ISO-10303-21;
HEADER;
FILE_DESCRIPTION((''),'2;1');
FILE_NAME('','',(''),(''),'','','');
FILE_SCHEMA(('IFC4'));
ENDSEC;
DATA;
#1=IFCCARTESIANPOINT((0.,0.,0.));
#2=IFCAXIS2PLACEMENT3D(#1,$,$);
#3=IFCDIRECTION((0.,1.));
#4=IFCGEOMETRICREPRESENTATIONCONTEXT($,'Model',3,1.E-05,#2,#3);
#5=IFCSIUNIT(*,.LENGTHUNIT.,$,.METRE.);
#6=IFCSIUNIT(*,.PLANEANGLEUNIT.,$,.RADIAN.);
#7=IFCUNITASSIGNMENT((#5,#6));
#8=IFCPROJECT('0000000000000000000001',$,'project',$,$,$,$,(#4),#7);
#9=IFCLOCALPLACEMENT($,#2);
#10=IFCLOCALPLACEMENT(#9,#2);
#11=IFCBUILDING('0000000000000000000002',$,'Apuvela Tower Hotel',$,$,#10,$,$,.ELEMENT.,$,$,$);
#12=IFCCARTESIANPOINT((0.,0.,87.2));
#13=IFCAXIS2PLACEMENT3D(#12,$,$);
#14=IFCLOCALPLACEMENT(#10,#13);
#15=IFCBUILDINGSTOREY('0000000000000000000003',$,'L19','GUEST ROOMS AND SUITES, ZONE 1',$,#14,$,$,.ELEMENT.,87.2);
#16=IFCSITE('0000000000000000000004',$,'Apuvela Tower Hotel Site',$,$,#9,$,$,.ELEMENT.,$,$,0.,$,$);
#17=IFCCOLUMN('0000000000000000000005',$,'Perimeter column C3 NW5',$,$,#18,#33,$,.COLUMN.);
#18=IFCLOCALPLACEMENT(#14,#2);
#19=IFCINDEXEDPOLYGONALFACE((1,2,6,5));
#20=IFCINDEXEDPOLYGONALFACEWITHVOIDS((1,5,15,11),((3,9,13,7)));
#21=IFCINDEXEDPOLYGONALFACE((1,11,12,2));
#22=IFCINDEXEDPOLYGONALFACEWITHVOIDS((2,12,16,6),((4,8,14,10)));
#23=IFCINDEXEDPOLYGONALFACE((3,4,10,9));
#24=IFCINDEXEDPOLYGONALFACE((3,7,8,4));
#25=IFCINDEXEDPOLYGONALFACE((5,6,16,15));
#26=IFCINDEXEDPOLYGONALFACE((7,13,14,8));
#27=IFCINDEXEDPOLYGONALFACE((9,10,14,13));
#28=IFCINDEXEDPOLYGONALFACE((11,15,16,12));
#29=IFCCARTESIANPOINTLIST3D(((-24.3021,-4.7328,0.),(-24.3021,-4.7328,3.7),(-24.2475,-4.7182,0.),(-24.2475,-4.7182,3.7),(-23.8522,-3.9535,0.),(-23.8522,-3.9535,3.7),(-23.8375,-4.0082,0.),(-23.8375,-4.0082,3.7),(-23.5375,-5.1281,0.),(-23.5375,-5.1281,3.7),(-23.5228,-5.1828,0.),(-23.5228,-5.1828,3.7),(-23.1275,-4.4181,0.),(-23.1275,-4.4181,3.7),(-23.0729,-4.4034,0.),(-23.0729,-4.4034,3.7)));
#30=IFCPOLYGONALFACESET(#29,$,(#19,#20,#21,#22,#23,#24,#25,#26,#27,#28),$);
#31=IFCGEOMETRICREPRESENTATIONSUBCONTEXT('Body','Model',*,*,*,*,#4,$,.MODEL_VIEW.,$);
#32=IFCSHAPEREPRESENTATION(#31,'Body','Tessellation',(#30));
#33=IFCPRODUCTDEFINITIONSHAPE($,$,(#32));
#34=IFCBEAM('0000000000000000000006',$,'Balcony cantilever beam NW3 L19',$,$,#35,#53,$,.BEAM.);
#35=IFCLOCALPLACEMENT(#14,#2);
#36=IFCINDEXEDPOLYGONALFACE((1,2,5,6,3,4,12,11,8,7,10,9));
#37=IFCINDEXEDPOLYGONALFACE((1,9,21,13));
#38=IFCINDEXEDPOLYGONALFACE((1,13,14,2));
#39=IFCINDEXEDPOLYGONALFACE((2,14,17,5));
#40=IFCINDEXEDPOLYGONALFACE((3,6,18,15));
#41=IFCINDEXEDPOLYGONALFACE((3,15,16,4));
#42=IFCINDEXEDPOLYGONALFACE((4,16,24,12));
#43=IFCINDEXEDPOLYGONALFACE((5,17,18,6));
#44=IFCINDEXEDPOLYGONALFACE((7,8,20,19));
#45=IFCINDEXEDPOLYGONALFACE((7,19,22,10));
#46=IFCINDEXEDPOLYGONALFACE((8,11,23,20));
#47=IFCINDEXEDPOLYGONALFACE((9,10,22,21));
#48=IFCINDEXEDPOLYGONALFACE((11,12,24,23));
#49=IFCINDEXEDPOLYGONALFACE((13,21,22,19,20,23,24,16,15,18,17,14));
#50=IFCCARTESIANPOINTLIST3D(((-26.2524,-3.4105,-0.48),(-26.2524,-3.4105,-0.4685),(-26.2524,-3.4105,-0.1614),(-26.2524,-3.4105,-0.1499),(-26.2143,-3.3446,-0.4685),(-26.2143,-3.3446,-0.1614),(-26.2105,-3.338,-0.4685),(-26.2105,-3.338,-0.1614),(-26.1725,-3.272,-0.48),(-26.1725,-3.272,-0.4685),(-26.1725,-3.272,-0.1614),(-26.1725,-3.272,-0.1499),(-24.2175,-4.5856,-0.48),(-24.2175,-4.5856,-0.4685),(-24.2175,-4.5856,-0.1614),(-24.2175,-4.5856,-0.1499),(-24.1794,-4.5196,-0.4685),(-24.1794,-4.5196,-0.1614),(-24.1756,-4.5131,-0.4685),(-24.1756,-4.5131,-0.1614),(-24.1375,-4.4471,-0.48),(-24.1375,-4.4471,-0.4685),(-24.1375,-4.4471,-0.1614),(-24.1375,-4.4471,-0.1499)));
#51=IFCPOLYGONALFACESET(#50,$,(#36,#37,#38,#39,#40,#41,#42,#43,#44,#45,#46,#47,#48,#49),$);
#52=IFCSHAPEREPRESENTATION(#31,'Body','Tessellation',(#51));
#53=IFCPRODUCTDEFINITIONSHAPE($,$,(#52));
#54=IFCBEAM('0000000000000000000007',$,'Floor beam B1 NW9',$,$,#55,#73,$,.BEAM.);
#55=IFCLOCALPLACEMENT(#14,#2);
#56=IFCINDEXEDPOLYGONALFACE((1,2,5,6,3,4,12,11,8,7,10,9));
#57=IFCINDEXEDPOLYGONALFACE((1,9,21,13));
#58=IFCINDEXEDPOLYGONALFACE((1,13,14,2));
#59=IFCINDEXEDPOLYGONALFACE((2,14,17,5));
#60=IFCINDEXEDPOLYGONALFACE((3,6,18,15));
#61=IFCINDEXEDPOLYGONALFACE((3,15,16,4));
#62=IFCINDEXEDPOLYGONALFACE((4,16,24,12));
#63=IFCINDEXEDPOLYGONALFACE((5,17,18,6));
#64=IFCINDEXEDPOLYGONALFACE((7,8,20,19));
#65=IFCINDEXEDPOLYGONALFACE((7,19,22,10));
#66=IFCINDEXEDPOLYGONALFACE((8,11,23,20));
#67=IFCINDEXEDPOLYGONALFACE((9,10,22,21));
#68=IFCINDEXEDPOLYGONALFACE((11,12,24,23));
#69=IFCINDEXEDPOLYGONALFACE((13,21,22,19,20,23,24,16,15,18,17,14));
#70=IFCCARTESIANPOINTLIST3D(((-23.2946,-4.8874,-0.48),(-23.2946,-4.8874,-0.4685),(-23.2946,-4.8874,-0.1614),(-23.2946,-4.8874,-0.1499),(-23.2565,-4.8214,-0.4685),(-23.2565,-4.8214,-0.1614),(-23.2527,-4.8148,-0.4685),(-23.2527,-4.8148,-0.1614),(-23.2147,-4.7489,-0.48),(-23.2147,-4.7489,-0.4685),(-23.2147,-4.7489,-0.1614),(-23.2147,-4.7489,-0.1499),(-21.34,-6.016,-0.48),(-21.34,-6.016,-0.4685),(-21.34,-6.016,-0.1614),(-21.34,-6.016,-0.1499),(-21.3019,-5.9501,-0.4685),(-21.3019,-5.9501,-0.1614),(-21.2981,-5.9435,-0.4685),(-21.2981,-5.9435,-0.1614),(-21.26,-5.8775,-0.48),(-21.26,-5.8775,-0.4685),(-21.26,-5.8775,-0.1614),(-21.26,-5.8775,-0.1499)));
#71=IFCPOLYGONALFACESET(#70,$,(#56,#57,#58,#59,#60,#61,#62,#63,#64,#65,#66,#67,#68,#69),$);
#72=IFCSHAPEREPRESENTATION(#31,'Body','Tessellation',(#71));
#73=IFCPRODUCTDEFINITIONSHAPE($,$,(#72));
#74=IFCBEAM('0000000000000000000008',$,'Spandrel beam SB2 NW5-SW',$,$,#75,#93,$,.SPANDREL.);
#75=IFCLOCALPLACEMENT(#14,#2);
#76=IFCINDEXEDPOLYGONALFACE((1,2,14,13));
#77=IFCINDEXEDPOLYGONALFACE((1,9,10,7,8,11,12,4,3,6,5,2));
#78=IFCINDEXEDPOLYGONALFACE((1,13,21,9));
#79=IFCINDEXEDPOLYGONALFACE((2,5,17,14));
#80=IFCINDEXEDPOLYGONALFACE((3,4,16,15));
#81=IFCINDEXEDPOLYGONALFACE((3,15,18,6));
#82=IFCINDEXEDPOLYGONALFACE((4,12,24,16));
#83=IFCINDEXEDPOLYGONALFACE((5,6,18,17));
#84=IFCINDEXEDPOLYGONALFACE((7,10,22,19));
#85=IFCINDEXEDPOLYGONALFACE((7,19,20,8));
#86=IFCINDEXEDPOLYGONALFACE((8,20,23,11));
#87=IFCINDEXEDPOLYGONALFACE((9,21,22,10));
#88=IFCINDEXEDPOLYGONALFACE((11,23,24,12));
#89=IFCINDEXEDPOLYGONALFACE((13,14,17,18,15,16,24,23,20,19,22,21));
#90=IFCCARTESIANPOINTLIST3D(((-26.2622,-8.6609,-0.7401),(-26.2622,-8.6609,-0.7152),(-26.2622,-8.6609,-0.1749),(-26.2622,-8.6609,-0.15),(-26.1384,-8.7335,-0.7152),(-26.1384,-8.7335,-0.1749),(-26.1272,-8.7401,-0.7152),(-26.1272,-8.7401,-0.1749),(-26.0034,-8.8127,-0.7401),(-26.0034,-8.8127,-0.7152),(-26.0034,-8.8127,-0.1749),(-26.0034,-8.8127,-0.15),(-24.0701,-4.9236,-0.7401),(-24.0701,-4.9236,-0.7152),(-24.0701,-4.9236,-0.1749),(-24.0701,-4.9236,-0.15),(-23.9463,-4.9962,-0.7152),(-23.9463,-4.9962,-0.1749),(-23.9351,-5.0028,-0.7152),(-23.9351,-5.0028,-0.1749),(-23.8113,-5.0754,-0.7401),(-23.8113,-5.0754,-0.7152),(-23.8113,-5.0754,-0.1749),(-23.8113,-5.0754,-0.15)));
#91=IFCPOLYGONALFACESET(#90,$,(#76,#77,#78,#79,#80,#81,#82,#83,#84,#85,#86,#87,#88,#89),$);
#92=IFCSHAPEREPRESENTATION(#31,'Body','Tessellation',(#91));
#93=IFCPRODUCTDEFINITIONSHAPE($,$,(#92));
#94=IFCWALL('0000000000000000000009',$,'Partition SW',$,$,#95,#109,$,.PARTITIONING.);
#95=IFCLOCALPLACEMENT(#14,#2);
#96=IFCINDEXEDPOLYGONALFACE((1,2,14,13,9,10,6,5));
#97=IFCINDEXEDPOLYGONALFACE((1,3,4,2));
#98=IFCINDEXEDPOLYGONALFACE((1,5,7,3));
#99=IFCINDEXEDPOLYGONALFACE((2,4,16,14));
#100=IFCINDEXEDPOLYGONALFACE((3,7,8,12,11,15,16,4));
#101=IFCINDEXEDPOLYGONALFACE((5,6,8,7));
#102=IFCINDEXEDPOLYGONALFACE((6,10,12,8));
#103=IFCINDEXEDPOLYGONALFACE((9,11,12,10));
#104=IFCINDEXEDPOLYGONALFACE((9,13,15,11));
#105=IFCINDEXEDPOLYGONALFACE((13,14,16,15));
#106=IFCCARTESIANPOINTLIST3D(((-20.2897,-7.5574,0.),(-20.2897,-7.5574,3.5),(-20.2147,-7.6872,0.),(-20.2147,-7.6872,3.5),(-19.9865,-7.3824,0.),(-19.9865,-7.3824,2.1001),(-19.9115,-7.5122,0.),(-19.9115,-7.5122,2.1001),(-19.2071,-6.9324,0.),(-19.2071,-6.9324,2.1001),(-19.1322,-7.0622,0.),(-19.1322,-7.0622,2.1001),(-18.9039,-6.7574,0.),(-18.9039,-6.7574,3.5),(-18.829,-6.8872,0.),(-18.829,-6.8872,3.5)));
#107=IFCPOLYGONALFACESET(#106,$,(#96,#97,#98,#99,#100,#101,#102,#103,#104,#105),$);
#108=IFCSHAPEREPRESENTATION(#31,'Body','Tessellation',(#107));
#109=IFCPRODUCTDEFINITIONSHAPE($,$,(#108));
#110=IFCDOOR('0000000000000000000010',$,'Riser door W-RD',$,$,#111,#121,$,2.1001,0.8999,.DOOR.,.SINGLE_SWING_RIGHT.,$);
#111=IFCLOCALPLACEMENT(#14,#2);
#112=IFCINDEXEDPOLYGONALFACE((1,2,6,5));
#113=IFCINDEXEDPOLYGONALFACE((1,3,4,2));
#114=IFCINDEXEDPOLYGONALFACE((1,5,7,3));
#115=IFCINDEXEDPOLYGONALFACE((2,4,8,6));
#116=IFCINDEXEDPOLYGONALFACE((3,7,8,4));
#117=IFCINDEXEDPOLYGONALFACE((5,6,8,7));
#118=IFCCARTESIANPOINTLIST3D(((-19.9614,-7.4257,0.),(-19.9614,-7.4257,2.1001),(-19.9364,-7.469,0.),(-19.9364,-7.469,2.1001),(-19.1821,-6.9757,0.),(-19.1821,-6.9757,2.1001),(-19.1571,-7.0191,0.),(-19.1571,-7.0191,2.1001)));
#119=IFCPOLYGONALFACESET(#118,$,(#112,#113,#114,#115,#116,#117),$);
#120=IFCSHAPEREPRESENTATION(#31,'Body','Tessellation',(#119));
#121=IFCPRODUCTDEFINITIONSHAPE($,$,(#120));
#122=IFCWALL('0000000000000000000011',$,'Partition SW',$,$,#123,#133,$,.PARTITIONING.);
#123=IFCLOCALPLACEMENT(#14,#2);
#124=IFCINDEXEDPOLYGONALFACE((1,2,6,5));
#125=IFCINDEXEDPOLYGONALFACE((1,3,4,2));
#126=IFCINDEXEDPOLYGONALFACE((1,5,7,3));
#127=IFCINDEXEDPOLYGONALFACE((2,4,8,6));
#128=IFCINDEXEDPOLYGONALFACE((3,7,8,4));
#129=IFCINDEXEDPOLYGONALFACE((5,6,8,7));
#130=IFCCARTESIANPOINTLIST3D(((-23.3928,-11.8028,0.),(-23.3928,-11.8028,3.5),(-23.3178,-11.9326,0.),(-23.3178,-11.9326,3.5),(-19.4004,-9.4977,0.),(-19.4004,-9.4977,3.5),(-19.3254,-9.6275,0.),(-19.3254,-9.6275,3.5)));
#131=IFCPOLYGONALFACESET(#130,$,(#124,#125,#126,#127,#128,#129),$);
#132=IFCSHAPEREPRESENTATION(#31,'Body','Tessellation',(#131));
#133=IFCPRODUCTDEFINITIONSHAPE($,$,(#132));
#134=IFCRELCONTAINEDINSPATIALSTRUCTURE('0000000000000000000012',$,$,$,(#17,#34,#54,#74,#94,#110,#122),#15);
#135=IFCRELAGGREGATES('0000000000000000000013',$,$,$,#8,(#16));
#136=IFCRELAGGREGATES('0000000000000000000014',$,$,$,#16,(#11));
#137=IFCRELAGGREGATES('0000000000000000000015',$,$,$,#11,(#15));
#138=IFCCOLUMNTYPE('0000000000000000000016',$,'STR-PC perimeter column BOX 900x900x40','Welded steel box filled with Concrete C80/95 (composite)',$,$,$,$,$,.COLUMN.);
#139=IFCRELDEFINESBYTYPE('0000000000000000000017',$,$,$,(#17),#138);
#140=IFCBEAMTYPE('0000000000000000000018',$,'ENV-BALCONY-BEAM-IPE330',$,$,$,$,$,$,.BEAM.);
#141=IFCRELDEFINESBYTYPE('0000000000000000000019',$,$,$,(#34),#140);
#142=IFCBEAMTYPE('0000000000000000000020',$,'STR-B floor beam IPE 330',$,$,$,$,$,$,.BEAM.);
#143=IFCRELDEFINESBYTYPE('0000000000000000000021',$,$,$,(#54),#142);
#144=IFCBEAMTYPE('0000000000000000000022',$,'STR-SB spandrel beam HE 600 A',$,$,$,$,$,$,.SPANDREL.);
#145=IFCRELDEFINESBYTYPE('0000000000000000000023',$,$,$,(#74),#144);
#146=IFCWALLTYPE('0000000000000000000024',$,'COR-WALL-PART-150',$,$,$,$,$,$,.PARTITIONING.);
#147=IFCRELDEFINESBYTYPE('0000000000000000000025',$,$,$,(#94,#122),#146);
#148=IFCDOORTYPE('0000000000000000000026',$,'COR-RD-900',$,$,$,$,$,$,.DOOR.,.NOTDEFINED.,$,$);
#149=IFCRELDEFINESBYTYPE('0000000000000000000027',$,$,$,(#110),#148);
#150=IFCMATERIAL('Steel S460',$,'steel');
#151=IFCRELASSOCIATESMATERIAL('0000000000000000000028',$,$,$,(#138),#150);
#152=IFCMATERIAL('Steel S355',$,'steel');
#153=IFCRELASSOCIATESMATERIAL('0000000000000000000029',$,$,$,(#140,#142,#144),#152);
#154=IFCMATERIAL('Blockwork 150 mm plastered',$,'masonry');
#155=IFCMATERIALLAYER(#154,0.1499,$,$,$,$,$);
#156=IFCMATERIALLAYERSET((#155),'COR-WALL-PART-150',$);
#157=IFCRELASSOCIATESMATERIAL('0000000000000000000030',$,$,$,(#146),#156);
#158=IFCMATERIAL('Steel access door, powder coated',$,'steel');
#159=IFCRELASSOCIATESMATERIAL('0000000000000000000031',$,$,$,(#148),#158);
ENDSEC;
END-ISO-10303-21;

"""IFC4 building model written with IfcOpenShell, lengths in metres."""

from ifc_helpers import new_model, si_unit, direction, frame, frame_2d, origin, origin_2d, place, context, subcontext, project, spatial, rectangle, hollow_rectangle, i_section, extrude, material, layer, layer_set, material_profile, profile_set, type_object, element, fill, save


model = new_model("IFC4")

# Units and contexts
model_context = context("Model", 3, precision=1e-05, world=origin(), true_north=direction((0.0, 1.0)))
body_context = subcontext(model_context, "Body", "Model", "MODEL_VIEW")
ifc_project = project(units=[si_unit("LENGTHUNIT", "METRE"), si_unit("PLANEANGLEUNIT", "RADIAN")], contexts=[model_context])

# Site, building, storey
site_placement = place(None, origin())
site = spatial("IfcSite", under=ifc_project, at=site_placement, Name="Apuvela Tower Hotel Site", CompositionType="ELEMENT", RefElevation=0.0)
building_placement = place(site_placement, origin())
building = spatial("IfcBuilding", under=site, at=building_placement, Name="Apuvela Tower Hotel", CompositionType="ELEMENT")
storey_placement = place(building_placement, frame((0.0, 0.0, 87.2)))
storey = spatial("IfcBuildingStorey", under=building, at=storey_placement, Name="L19", Description="GUEST ROOMS AND SUITES, ZONE 1", CompositionType="ELEMENT", Elevation=87.2)

# Column
ifc_material_1 = material(Name="Steel S460", Category="steel")
ifc_material_profile_1 = material_profile(ifc_material_1, hollow_rectangle(XDim=0.8999, YDim=0.8999, WallThickness=0.04, at=origin_2d()), Name="BOX 900x900x40")
ifc_material_2 = material(Name="Concrete C80/95", Category="concrete")
ifc_material_profile_2 = material_profile(ifc_material_2, rectangle(XDim=0.8201, YDim=0.8201, at=origin_2d()), Name="Concrete C80/95 infill")
ifc_profile_set_1 = profile_set([ifc_material_profile_1, ifc_material_profile_2], Name="Steel S460")
column_type = type_object("IfcColumnType", Name="STR-PC perimeter column BOX 900x900x40", Description="Welded steel box filled with Concrete C80/95 (composite)", PredefinedType="COLUMN", material=ifc_profile_set_1)
column_placement = place(storey_placement, frame((-23.6875, -4.5681, 0.0), z_axis=(0.0, 0.0, 1.0), x_axis=(0.5, 0.866025, 0.0)))
element("IfcColumn", 1, at=column_placement, inside=storey, type_object=column_type, Name="Perimeter column C3 NW5", PredefinedType="COLUMN", context=body_context, shape_type="SweptSolid", body=[
    extrude(hollow_rectangle(XDim=0.8999, YDim=0.8999, WallThickness=0.04, at=origin_2d()), origin(), (0.0, 0.0, 1.0), 3.7),
])

# Beams
ifc_material_3 = material(Name="Steel S355", Category="steel")
ifc_material_profile_3 = material_profile(ifc_material_3, i_section(OverallWidth=0.1599, OverallDepth=0.3301, WebThickness=0.0076, FlangeThickness=0.0115, at=origin_2d()), Name="IPE 330")
ifc_profile_set_2 = profile_set([ifc_material_profile_3], Name="Steel S355")
beam_type_1 = type_object("IfcBeamType", Name="ENV-BALCONY-BEAM-IPE330", PredefinedType="BEAM", material=ifc_profile_set_2)
beam_1_placement = place(storey_placement, frame((-24.1775, -4.5164, -0.3149), z_axis=(-0.86599, 0.500061, 0.0), x_axis=(-0.500061, -0.86599, 0.0)))
element("IfcBeam", 2, at=beam_1_placement, inside=storey, type_object=beam_type_1, Name="Balcony cantilever beam NW3 L19", PredefinedType="BEAM", context=body_context, shape_type="SweptSolid", body=[
    extrude(i_section(OverallWidth=0.1599, OverallDepth=0.3301, WebThickness=0.0076, FlangeThickness=0.0115, at=origin_2d()), origin(), (0.0, 0.0, 1.0), 2.3499),
])
ifc_material_profile_4 = material_profile(ifc_material_3, i_section(OverallWidth=0.1599, OverallDepth=0.3301, WebThickness=0.0076, FlangeThickness=0.0115, at=origin_2d()), Name="IPE 330")
ifc_profile_set_3 = profile_set([ifc_material_profile_4], Name="Steel S355")
beam_type_2 = type_object("IfcBeamType", Name="STR-B floor beam IPE 330", PredefinedType="BEAM", material=ifc_profile_set_3)
beam_2_placement = place(storey_placement, frame((-23.2546, -4.8181, -0.3149), z_axis=(0.865991, -0.50006, 0.0), x_axis=(0.50006, 0.865991, 0.0)))
element("IfcBeam", 3, at=beam_2_placement, inside=storey, type_object=beam_type_2, Name="Floor beam B1 NW9", PredefinedType="BEAM", context=body_context, shape_type="SweptSolid", body=[
    extrude(i_section(OverallWidth=0.1599, OverallDepth=0.3301, WebThickness=0.0076, FlangeThickness=0.0115, at=origin_2d()), origin(), (0.0, 0.0, 1.0), 2.2571),
])
ifc_material_profile_5 = material_profile(ifc_material_3, i_section(OverallWidth=0.3, OverallDepth=0.5901, WebThickness=0.0129, FlangeThickness=0.0249, at=origin_2d()), Name="HE 600 A")
ifc_profile_set_4 = profile_set([ifc_material_profile_5], Name="Steel S355")
beam_type_3 = type_object("IfcBeamType", Name="STR-SB spandrel beam HE 600 A", PredefinedType="SPANDREL", material=ifc_profile_set_4)
beam_3_placement = place(storey_placement, frame((-23.9407, -4.9995, -0.4451), z_axis=(-0.505944, -0.862567, 0.0), x_axis=(0.862567, -0.505944, 0.0)))
element("IfcBeam", 4, at=beam_3_placement, inside=storey, type_object=beam_type_3, Name="Spandrel beam SB2 NW5-SW", PredefinedType="SPANDREL", context=body_context, shape_type="SweptSolid", body=[
    extrude(i_section(OverallWidth=0.3, OverallDepth=0.5901, WebThickness=0.0129, FlangeThickness=0.0249, at=origin_2d()), origin(), (0.0, 0.0, 1.0), 4.3328),
])

# Wall, opening, door
ifc_material_4 = material(Name="Blockwork 150 mm plastered", Category="masonry")
ifc_layer_1 = layer(ifc_material_4, 0.1499)
ifc_layer_set_1 = layer_set([ifc_layer_1], Name="COR-WALL-PART-150")
wall_type_1 = type_object("IfcWallType", Name="COR-WALL-PART-150", PredefinedType="PARTITIONING", material=ifc_layer_set_1)
wall_1_placement = place(storey_placement, frame((-18.8665, -6.8223, 0.0), z_axis=(0.0, 0.0, 1.0), x_axis=(-0.866028, -0.499995, 0.0)))
wall_1 = element("IfcWall", 5, at=wall_1_placement, inside=storey, type_object=wall_type_1, Name="Partition SW", PredefinedType="PARTITIONING", context=body_context, shape_type="SweptSolid", body=[
    extrude(rectangle(XDim=1.6001, YDim=0.1499, at=frame_2d((0.8, 0.0))), origin(), (0.0, 0.0, 1.0), 3.5),
])
opening_1_placement = place(wall_1_placement, frame((0.3501, 0.0, 0.0)))
opening_1 = element("IfcOpeningElement", 6, at=opening_1_placement, cuts=wall_1, PredefinedType="OPENING", context=body_context, shape_type="SweptSolid", body=[
    extrude(rectangle(XDim=0.8999, YDim=2.1001, at=frame_2d((0.45, 1.05))), frame((0.0, 0.085, 0.0), z_axis=(0.0, -1.0, 0.0), x_axis=(1.0, 0.0, 0.0)), (0.0, 0.0, 1.0), 0.1699),
])
ifc_material_5 = material(Name="Steel access door, powder coated", Category="steel")
door_type_1 = type_object("IfcDoorType", Name="COR-RD-900", OperationType="NOTDEFINED", PredefinedType="DOOR", material=ifc_material_5)
door_1_placement = place(opening_1_placement, frame((0.8999, 0.0, 0.0), z_axis=(0.0, 0.0, 1.0), x_axis=(-1.0, 0.0, 0.0)))
door_1 = element("IfcDoor", 7, at=door_1_placement, inside=storey, type_object=door_type_1, Name="Riser door W-RD", OperationType="SINGLE_SWING_RIGHT", OverallHeight=2.1001, OverallWidth=0.8999, PredefinedType="DOOR", context=body_context, shape_type="SweptSolid", body=[
    extrude(rectangle(XDim=0.8999, YDim=2.1001, at=frame_2d((0.45, 1.05))), frame((0.0, 0.0249, 0.0), z_axis=(0.0, -1.0, 0.0), x_axis=(1.0, 0.0, 0.0)), (0.0, 0.0, 1.0), 0.05),
])
fill(opening_1, door_1)

# Wall
wall_2_placement = place(storey_placement, frame((-19.3628, -9.5625, 0.0), z_axis=(0.0, 0.0, 1.0), x_axis=(-0.866012, -0.500023, 0.0)))
element("IfcWall", 8, at=wall_2_placement, inside=storey, type_object=wall_type_1, Name="Partition SW", PredefinedType="PARTITIONING", context=body_context, shape_type="SweptSolid", body=[
    extrude(rectangle(XDim=4.6101, YDim=0.1499, at=frame_2d((2.3052, 0.0))), origin(), (0.0, 0.0, 1.0), 3.5),
])

save(model, "model.ifc")
